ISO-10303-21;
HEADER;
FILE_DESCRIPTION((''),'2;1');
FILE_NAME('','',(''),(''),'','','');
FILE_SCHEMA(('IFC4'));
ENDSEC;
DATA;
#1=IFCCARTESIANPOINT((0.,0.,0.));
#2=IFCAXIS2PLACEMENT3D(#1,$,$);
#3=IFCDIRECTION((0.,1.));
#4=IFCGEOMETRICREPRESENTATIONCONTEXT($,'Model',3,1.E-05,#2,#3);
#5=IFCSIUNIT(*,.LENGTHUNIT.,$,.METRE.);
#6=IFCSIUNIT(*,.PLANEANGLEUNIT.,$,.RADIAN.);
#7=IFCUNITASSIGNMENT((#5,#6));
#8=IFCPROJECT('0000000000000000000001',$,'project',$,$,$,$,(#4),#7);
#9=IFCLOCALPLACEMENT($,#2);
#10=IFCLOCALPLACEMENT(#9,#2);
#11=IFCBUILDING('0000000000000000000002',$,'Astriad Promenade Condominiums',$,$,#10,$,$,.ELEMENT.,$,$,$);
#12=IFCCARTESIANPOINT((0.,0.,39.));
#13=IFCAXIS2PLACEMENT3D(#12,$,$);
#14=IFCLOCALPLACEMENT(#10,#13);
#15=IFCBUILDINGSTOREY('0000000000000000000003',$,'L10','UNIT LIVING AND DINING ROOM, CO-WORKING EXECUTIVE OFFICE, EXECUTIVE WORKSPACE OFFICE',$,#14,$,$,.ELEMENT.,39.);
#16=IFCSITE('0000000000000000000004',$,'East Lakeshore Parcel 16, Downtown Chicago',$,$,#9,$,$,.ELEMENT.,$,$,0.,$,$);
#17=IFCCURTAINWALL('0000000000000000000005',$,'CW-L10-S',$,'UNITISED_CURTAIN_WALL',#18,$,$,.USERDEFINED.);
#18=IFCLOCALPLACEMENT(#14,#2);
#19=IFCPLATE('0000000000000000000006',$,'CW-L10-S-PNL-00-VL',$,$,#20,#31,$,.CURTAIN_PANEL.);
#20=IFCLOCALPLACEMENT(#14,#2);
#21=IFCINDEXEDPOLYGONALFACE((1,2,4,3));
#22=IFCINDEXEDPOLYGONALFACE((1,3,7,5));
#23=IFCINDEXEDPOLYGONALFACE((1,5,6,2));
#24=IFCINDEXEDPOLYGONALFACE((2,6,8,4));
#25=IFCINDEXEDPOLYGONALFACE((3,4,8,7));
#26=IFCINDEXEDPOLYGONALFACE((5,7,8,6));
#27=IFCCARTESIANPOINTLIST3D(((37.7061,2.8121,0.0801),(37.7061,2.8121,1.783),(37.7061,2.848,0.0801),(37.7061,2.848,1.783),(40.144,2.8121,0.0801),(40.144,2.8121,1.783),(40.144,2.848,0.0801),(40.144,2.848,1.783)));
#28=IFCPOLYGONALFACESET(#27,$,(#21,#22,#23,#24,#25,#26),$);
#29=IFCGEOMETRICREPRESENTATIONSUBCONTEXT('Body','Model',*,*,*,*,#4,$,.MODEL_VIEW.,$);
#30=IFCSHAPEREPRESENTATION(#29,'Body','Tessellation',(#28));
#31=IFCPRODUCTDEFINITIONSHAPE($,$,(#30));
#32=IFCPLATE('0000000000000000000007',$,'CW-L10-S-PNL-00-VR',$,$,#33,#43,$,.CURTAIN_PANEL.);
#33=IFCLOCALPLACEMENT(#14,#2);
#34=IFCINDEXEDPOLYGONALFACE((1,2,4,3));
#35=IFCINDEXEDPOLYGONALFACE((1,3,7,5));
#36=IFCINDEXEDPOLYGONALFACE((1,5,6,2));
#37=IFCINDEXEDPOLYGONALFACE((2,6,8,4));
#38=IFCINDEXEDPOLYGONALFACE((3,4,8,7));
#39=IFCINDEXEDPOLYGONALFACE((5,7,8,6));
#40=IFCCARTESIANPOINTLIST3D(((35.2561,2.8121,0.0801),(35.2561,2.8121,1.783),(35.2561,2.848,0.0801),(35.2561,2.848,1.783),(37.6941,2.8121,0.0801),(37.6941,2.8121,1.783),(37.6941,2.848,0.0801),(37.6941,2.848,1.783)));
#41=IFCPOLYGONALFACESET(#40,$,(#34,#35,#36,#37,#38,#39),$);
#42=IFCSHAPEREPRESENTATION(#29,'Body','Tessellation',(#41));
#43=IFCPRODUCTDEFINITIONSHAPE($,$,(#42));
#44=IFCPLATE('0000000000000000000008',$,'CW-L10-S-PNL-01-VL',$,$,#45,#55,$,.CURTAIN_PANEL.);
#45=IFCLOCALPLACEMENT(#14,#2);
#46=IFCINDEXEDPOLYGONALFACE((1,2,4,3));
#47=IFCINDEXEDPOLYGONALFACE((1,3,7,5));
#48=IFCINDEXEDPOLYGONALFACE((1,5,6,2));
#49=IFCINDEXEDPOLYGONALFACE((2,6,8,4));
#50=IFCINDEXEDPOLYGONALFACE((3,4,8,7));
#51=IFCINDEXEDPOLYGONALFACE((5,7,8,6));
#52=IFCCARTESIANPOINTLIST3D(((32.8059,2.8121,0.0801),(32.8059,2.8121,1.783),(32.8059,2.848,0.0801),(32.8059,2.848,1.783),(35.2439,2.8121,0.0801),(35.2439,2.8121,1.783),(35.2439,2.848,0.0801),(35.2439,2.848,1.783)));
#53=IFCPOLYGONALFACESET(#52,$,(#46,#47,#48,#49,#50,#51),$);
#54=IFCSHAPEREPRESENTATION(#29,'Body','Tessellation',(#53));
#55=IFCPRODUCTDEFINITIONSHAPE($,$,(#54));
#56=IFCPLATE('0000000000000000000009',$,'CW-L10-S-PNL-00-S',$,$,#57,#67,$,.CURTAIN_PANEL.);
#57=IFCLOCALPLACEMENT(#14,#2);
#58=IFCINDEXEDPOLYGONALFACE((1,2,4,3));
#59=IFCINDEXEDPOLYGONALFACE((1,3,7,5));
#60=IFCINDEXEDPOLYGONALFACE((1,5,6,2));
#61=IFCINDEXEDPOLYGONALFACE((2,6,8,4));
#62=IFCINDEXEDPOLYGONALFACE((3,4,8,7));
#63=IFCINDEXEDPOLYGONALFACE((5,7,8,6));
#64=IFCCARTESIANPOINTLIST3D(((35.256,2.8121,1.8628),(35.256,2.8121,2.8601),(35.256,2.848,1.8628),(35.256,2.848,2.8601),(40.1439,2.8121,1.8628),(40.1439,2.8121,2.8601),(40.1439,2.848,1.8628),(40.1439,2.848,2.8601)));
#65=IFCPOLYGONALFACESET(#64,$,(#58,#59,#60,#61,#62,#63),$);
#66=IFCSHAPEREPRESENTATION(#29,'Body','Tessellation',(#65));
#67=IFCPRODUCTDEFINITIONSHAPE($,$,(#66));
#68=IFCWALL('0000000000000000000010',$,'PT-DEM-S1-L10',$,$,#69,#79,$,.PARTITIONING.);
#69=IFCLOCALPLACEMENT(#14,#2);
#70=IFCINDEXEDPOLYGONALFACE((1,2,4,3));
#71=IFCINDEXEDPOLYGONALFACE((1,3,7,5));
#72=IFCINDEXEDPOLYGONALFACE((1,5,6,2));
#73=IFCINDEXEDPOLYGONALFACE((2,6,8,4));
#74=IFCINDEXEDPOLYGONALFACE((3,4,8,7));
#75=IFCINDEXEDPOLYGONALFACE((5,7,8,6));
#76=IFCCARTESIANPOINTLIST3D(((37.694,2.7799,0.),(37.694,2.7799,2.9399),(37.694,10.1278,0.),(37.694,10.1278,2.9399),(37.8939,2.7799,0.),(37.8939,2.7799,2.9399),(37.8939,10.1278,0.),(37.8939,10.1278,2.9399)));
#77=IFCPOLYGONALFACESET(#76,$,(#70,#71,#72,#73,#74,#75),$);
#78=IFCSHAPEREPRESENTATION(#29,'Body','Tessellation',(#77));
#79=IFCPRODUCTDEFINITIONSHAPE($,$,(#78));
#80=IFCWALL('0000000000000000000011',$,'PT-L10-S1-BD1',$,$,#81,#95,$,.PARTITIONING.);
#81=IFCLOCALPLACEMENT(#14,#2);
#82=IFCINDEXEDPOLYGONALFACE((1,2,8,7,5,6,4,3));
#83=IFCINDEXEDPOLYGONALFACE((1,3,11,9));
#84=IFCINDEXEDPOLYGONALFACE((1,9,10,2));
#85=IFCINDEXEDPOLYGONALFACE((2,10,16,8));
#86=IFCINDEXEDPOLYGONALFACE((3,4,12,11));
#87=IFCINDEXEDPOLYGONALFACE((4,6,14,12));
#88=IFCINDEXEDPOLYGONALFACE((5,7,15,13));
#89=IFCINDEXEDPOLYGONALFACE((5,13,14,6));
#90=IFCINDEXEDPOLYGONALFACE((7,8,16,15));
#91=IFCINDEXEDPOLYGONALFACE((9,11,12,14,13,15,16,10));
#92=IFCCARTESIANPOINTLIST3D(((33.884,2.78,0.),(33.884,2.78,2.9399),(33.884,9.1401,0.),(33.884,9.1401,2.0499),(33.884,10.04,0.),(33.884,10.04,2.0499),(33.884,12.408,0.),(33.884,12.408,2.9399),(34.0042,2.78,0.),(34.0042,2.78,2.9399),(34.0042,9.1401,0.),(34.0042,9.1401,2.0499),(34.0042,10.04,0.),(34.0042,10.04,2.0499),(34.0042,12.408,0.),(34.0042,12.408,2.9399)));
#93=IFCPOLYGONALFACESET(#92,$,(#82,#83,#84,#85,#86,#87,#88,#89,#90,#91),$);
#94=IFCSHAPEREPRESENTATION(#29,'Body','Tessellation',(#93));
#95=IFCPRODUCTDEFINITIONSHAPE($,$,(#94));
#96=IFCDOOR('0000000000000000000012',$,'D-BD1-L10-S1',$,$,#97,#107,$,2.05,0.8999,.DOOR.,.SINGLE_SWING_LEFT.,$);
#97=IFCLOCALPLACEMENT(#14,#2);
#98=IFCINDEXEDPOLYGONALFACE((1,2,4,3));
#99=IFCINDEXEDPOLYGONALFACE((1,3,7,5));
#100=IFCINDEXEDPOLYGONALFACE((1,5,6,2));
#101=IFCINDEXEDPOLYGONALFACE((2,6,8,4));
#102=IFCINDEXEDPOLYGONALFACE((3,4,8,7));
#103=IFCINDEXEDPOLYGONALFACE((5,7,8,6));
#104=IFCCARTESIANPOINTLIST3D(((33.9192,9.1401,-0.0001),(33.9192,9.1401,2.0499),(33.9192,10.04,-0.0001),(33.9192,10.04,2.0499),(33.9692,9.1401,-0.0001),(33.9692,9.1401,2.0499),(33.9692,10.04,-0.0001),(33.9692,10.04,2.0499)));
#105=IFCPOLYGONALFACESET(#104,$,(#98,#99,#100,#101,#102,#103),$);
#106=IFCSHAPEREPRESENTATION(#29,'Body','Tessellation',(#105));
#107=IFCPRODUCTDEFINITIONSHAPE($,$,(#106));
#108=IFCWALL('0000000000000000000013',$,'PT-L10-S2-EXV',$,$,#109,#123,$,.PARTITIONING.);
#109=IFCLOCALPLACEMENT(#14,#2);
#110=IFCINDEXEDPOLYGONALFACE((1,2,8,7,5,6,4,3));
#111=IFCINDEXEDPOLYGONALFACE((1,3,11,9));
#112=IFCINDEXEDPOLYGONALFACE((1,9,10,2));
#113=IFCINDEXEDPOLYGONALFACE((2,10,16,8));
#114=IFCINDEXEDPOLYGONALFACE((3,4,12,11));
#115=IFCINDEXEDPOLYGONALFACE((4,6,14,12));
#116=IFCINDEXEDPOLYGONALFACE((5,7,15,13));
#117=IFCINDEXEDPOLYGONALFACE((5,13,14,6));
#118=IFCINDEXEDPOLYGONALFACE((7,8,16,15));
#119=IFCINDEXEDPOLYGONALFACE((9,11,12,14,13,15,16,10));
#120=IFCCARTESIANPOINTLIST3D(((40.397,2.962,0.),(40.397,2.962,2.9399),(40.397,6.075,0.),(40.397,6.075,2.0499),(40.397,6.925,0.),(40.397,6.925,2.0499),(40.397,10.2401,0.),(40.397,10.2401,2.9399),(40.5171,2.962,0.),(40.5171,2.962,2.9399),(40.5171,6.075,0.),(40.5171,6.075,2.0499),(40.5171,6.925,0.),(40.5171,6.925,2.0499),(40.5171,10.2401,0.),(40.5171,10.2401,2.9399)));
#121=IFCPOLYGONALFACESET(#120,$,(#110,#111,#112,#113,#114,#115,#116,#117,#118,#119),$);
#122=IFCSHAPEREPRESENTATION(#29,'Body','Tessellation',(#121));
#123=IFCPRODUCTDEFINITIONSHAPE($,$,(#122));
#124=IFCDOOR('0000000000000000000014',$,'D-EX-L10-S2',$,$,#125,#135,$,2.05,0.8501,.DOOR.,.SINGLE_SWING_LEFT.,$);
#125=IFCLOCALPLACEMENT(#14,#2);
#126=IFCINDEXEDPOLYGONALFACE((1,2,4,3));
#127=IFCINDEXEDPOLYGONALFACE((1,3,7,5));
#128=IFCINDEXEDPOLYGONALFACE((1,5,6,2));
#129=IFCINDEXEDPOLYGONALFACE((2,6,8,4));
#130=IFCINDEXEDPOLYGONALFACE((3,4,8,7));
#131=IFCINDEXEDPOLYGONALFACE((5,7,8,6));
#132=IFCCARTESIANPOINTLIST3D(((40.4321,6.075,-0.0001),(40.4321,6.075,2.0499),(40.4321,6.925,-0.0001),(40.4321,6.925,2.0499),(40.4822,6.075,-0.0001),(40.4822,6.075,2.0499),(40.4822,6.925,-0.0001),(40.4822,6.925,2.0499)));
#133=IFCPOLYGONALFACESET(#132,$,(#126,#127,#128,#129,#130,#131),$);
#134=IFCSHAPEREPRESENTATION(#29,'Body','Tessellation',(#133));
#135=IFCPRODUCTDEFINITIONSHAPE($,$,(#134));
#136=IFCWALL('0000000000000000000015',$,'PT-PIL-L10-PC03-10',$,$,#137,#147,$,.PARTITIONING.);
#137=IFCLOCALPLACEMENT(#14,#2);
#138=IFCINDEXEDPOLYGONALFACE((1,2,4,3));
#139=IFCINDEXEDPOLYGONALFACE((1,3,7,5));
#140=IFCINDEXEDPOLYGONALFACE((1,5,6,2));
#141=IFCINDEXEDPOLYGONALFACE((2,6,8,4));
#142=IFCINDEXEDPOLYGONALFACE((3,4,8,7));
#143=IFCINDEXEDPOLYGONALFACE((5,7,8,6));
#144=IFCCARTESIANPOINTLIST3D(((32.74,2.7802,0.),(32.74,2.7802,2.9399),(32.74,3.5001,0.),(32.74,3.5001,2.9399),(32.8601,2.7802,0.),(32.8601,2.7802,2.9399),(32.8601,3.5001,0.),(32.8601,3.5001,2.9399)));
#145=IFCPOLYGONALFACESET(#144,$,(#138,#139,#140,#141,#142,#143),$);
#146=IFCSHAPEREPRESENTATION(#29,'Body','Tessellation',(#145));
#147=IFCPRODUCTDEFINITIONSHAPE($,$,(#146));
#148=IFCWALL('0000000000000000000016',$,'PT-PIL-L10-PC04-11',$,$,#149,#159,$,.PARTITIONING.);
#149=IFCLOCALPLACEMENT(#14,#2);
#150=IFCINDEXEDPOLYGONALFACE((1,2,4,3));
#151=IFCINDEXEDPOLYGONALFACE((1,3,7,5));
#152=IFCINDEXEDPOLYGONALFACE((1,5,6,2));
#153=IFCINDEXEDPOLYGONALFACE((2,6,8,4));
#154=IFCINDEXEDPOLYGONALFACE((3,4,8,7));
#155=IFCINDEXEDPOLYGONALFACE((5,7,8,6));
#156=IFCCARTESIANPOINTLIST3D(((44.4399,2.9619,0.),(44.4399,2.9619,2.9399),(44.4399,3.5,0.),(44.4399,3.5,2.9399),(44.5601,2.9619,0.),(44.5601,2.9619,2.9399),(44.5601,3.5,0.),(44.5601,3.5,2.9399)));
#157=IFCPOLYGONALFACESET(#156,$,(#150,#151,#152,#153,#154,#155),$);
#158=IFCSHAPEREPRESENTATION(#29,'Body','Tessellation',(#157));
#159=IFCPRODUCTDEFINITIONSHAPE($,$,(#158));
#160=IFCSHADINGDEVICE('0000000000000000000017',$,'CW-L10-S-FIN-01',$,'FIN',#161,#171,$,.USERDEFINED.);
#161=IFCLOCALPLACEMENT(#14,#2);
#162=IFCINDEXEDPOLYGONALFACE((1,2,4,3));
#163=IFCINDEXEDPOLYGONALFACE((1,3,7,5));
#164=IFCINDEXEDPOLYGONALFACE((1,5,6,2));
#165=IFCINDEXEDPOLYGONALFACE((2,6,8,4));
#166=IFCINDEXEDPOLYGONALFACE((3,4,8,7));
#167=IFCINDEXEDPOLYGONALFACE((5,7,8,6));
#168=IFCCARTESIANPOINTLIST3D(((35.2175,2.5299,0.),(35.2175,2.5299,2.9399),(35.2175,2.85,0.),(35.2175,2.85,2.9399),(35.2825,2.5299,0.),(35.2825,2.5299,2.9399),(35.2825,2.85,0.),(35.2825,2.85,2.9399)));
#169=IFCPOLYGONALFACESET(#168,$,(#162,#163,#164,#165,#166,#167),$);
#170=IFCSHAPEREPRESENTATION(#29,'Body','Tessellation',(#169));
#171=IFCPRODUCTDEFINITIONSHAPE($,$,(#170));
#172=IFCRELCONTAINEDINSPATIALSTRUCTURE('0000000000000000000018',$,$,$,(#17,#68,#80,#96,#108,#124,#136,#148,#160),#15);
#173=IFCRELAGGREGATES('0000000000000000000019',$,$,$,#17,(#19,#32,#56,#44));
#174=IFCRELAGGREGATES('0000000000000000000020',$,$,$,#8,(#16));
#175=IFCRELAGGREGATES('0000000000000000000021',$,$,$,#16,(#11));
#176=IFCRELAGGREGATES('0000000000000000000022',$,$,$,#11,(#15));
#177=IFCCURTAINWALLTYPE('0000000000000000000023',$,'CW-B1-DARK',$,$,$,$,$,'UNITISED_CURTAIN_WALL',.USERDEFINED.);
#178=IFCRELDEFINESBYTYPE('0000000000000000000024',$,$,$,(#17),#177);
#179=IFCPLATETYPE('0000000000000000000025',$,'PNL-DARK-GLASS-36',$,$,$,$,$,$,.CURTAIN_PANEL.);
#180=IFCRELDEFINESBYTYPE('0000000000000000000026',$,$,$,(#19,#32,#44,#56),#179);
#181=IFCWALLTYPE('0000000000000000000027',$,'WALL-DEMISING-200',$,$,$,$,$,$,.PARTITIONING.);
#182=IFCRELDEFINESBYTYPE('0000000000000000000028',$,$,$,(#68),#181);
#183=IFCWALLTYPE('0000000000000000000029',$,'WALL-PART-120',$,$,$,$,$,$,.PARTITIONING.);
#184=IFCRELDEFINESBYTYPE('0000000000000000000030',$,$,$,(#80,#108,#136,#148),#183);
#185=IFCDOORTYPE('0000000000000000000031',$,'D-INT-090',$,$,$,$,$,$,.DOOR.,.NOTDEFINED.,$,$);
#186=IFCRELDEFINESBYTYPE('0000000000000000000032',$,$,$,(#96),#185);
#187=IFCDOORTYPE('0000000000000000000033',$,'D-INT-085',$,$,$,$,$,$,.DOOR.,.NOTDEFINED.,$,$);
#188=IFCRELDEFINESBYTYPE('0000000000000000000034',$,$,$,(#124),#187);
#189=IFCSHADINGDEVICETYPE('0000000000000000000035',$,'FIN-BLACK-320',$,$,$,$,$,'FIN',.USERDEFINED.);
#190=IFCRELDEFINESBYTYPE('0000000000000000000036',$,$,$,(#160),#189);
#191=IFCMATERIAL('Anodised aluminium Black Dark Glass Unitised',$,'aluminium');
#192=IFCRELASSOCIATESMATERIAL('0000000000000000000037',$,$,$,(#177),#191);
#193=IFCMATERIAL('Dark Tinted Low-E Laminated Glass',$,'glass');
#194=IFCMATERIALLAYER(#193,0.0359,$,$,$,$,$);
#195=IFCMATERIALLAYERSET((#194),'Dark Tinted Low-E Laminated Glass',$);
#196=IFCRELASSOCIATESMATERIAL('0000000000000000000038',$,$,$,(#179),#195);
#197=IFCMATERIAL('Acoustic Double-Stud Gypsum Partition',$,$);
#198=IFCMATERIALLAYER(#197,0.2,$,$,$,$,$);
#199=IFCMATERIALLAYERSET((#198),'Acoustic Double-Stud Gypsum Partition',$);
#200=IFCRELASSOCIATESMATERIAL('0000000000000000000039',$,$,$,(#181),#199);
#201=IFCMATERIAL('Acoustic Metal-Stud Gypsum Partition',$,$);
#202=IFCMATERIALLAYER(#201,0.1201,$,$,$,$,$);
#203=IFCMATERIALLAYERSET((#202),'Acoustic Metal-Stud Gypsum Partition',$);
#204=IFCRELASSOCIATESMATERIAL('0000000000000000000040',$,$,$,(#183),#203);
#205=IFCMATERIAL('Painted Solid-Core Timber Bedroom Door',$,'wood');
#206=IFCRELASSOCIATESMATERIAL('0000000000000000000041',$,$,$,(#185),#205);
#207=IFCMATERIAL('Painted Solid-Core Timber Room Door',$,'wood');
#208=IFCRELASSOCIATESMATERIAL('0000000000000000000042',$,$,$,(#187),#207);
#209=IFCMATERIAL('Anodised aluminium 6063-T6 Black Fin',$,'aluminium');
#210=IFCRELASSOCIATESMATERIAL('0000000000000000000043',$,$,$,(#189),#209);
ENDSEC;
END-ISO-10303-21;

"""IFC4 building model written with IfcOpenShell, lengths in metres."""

from ifc_helpers import new_model, si_unit, direction, frame, frame_2d, origin, origin_2d, place, context, subcontext, project, spatial, rectangle, extrude, source, transform, mapped, material, layer, layer_set, type_object, type_shapes, element, fill, aggregate, save


model = new_model("IFC4")

# Units and contexts
model_context = context("Model", 3, precision=1e-05, world=origin(), true_north=direction((0.0, 1.0)))
body_context = subcontext(model_context, "Body", "Model", "MODEL_VIEW")
ifc_project = project(units=[si_unit("LENGTHUNIT", "METRE"), si_unit("PLANEANGLEUNIT", "RADIAN")], contexts=[model_context])

# Site, building, storey
site_placement = place(None, origin())
site = spatial("IfcSite", under=ifc_project, at=site_placement, Name="East Lakeshore Parcel 16, Downtown Chicago", CompositionType="ELEMENT", RefElevation=0.0)
building_placement = place(site_placement, origin())
building = spatial("IfcBuilding", under=site, at=building_placement, Name="Astriad Promenade Condominiums", CompositionType="ELEMENT")
storey_placement = place(building_placement, frame((0.0, 0.0, 39.0)))
storey = spatial("IfcBuildingStorey", under=building, at=storey_placement, Name="L10", Description="UNIT LIVING AND DINING ROOM, CO-WORKING EXECUTIVE OFFICE, EXECUTIVE WORKSPACE OFFICE", CompositionType="ELEMENT", Elevation=39.0)

# Curtain wall, plates
ifc_material_1 = material(Name="Anodised aluminium Black Dark Glass Unitised", Category="aluminium")
curtain_wall_type = type_object("IfcCurtainWallType", Name="CW-B1-DARK", ElementType="UNITISED_CURTAIN_WALL", PredefinedType="USERDEFINED", material=ifc_material_1)
curtain_wall_placement = place(storey_placement, origin())
curtain_wall = element("IfcCurtainWall", 1, at=curtain_wall_placement, inside=storey, type_object=curtain_wall_type, Name="CW-L10-S", ObjectType="UNITISED_CURTAIN_WALL", PredefinedType="USERDEFINED")
ifc_material_2 = material(Name="Dark Tinted Low-E Laminated Glass", Category="glass")
ifc_layer_1 = layer(ifc_material_2, 0.0359)
ifc_layer_set_1 = layer_set([ifc_layer_1], Name="Dark Tinted Low-E Laminated Glass")
plate_type = type_object("IfcPlateType", Name="PNL-DARK-GLASS-36", PredefinedType="CURTAIN_PANEL", material=ifc_layer_set_1)
shared_shape_1 = source(origin(), body_context, "Body", "SweptSolid", [
    extrude(rectangle(XDim=2.438, YDim=0.0359, at=origin_2d()), origin(), (0.0, 0.0, 1.0), 1.7029),
])
plate_1_placement = place(storey_placement, frame((38.925, 2.8301, 0.0801), z_axis=(0.0, 0.0, 1.0), x_axis=(-1.0, 0.0, 0.0)))
plate_1 = element("IfcPlate", 2, at=plate_1_placement, type_object=plate_type, Name="CW-L10-S-PNL-00-VL", PredefinedType="CURTAIN_PANEL", context=body_context, shape_type="MappedRepresentation", body=[
    mapped(shared_shape_1, transform((0.0, 0.0, 0.0), scale=1.0)),
])
plate_2_placement = place(storey_placement, frame((36.4751, 2.8301, 0.0801), z_axis=(0.0, 0.0, 1.0), x_axis=(-1.0, 0.0, 0.0)))
plate_2 = element("IfcPlate", 3, at=plate_2_placement, type_object=plate_type, Name="CW-L10-S-PNL-00-VR", PredefinedType="CURTAIN_PANEL", context=body_context, shape_type="MappedRepresentation", body=[
    mapped(shared_shape_1, transform((0.0, 0.0, 0.0), scale=1.0)),
])
plate_3_placement = place(storey_placement, frame((34.0249, 2.8301, 0.0801), z_axis=(0.0, 0.0, 1.0), x_axis=(-1.0, 0.0, 0.0)))
plate_3 = element("IfcPlate", 4, at=plate_3_placement, type_object=plate_type, Name="CW-L10-S-PNL-01-VL", PredefinedType="CURTAIN_PANEL", context=body_context, shape_type="MappedRepresentation", body=[
    mapped(shared_shape_1, transform((0.0, 0.0, 0.0), scale=1.0)),
])
shared_shape_2 = source(origin(), body_context, "Body", "SweptSolid", [
    extrude(rectangle(XDim=4.8879, YDim=0.0359, at=origin_2d()), origin(), (0.0, 0.0, 1.0), 0.9973),
])
type_shapes(plate_type, [shared_shape_1, shared_shape_2])
plate_4_placement = place(storey_placement, frame((37.7, 2.8301, 1.8628), z_axis=(0.0, 0.0, 1.0), x_axis=(-1.0, 0.0, 0.0)))
plate_4 = element("IfcPlate", 5, at=plate_4_placement, type_object=plate_type, Name="CW-L10-S-PNL-00-S", PredefinedType="CURTAIN_PANEL", context=body_context, shape_type="MappedRepresentation", body=[
    mapped(shared_shape_2, transform((0.0, 0.0, 0.0), scale=1.0)),
])
aggregate(curtain_wall, [plate_1, plate_2, plate_4, plate_3])

# Wall
ifc_material_3 = material(Name="Acoustic Double-Stud Gypsum Partition")
ifc_layer_2 = layer(ifc_material_3, 0.2)
ifc_layer_set_2 = layer_set([ifc_layer_2], Name="Acoustic Double-Stud Gypsum Partition")
wall_type_1 = type_object("IfcWallType", Name="WALL-DEMISING-200", PredefinedType="PARTITIONING", material=ifc_layer_set_2)
wall_1_placement = place(storey_placement, frame((37.7939, 2.78, 0.0), z_axis=(0.0, 0.0, 1.0), x_axis=(0.0, 1.0, 0.0)))
element("IfcWall", 6, at=wall_1_placement, inside=storey, type_object=wall_type_1, Name="PT-DEM-S1-L10", PredefinedType="PARTITIONING", context=body_context, shape_type="SweptSolid", body=[
    extrude(rectangle(XDim=7.3479, YDim=0.2, at=frame_2d((3.6738, 0.0))), origin(), (0.0, 0.0, 1.0), 2.9399),
])

# Walls, openings, doors
ifc_material_4 = material(Name="Acoustic Metal-Stud Gypsum Partition")
ifc_layer_3 = layer(ifc_material_4, 0.1201)
ifc_layer_set_3 = layer_set([ifc_layer_3], Name="Acoustic Metal-Stud Gypsum Partition")
wall_type_2 = type_object("IfcWallType", Name="WALL-PART-120", PredefinedType="PARTITIONING", material=ifc_layer_set_3)
wall_2_placement = place(storey_placement, frame((33.9441, 2.78, 0.0), z_axis=(0.0, 0.0, 1.0), x_axis=(0.0, 1.0, 0.0)))
wall_2 = element("IfcWall", 7, at=wall_2_placement, inside=storey, type_object=wall_type_2, Name="PT-L10-S1-BD1", PredefinedType="PARTITIONING", context=body_context, shape_type="SweptSolid", body=[
    extrude(rectangle(XDim=9.6279, YDim=0.1201, at=frame_2d((4.814, 0.0))), origin(), (0.0, 0.0, 1.0), 2.9399),
])
opening_1_placement = place(wall_2_placement, frame((6.3601, 0.0, 0.0)))
opening_1 = element("IfcOpeningElement", 8, at=opening_1_placement, cuts=wall_2, PredefinedType="OPENING", context=body_context, shape_type="SweptSolid", body=[
    extrude(rectangle(XDim=0.8999, YDim=2.05, at=frame_2d((0.45, 1.0249))), frame((0.0, 0.0701, 0.0), z_axis=(0.0, -1.0, 0.0), x_axis=(1.0, 0.0, 0.0)), (0.0, 0.0, 1.0), 0.1401),
])
ifc_material_5 = material(Name="Painted Solid-Core Timber Bedroom Door", Category="wood")
door_type_1 = type_object("IfcDoorType", Name="D-INT-090", OperationType="NOTDEFINED", PredefinedType="DOOR", material=ifc_material_5)
shared_shape_3 = source(origin(), body_context, "Body", "SweptSolid", [
    extrude(rectangle(XDim=0.8999, YDim=2.05, at=frame_2d((0.45, 1.0249))), frame((0.0, 0.0249, 0.0), z_axis=(0.0, -1.0, 0.0), x_axis=(1.0, 0.0, 0.0)), (0.0, 0.0, 1.0), 0.05),
])
type_shapes(door_type_1, [shared_shape_3])
door_1_placement = place(opening_1_placement, origin())
door_1 = element("IfcDoor", 9, at=door_1_placement, inside=storey, type_object=door_type_1, Name="D-BD1-L10-S1", OperationType="SINGLE_SWING_LEFT", OverallHeight=2.05, OverallWidth=0.8999, PredefinedType="DOOR", context=body_context, shape_type="MappedRepresentation", body=[
    mapped(shared_shape_3, transform((0.0, 0.0, 0.0), scale=1.0)),
])
fill(opening_1, door_1)
wall_3_placement = place(storey_placement, frame((40.457, 2.9619, 0.0), z_axis=(0.0, 0.0, 1.0), x_axis=(0.0, 1.0, 0.0)))
wall_3 = element("IfcWall", 10, at=wall_3_placement, inside=storey, type_object=wall_type_2, Name="PT-L10-S2-EXV", PredefinedType="PARTITIONING", context=body_context, shape_type="SweptSolid", body=[
    extrude(rectangle(XDim=7.2781, YDim=0.1201, at=frame_2d((3.6392, 0.0))), origin(), (0.0, 0.0, 1.0), 2.9399),
])
opening_2_placement = place(wall_3_placement, frame((3.113, 0.0, 0.0)))
opening_2 = element("IfcOpeningElement", 11, at=opening_2_placement, cuts=wall_3, PredefinedType="OPENING", context=body_context, shape_type="SweptSolid", body=[
    extrude(rectangle(XDim=0.8501, YDim=2.05, at=frame_2d((0.425, 1.0249))), frame((0.0, 0.0701, 0.0), z_axis=(0.0, -1.0, 0.0), x_axis=(1.0, 0.0, 0.0)), (0.0, 0.0, 1.0), 0.1401),
])
ifc_material_6 = material(Name="Painted Solid-Core Timber Room Door", Category="wood")
door_type_2 = type_object("IfcDoorType", Name="D-INT-085", OperationType="NOTDEFINED", PredefinedType="DOOR", material=ifc_material_6)
shared_shape_4 = source(origin(), body_context, "Body", "SweptSolid", [
    extrude(rectangle(XDim=0.8501, YDim=2.05, at=frame_2d((0.425, 1.0249))), frame((0.0, 0.0249, 0.0), z_axis=(0.0, -1.0, 0.0), x_axis=(1.0, 0.0, 0.0)), (0.0, 0.0, 1.0), 0.05),
])
type_shapes(door_type_2, [shared_shape_4])
door_2_placement = place(opening_2_placement, origin())
door_2 = element("IfcDoor", 12, at=door_2_placement, inside=storey, type_object=door_type_2, Name="D-EX-L10-S2", OperationType="SINGLE_SWING_LEFT", OverallHeight=2.05, OverallWidth=0.8501, PredefinedType="DOOR", context=body_context, shape_type="MappedRepresentation", body=[
    mapped(shared_shape_4, transform((0.0, 0.0, 0.0), scale=1.0)),
])
fill(opening_2, door_2)

# Walls
wall_4_placement = place(storey_placement, frame((32.8, 3.5, 0.0), z_axis=(0.0, 0.0, 1.0), x_axis=(0.0, -1.0, 0.0)))
element("IfcWall", 13, at=wall_4_placement, inside=storey, type_object=wall_type_2, Name="PT-PIL-L10-PC03-10", PredefinedType="PARTITIONING", context=body_context, shape_type="SweptSolid", body=[
    extrude(rectangle(XDim=0.72, YDim=0.1201, at=frame_2d((0.3599, 0.0))), origin(), (0.0, 0.0, 1.0), 2.9399),
])
wall_5_placement = place(storey_placement, frame((44.5, 3.5, 0.0), z_axis=(0.0, 0.0, 1.0), x_axis=(0.0, -1.0, 0.0)))
element("IfcWall", 14, at=wall_5_placement, inside=storey, type_object=wall_type_2, Name="PT-PIL-L10-PC04-11", PredefinedType="PARTITIONING", context=body_context, shape_type="SweptSolid", body=[
    extrude(rectangle(XDim=0.5381, YDim=0.1201, at=frame_2d((0.269, 0.0))), origin(), (0.0, 0.0, 1.0), 2.9399),
])

# Shading device
ifc_material_7 = material(Name="Anodised aluminium 6063-T6 Black Fin", Category="aluminium")
shading_device_type = type_object("IfcShadingDeviceType", Name="FIN-BLACK-320", ElementType="FIN", PredefinedType="USERDEFINED", material=ifc_material_7)
shared_shape_5 = source(origin(), body_context, "Body", "SweptSolid", [
    extrude(rectangle(XDim=0.0649, YDim=0.3201, at=origin_2d()), origin(), (0.0, 0.0, 1.0), 2.9399),
])
type_shapes(shading_device_type, [shared_shape_5])
shading_device_placement = place(storey_placement, frame((35.25, 2.6899, 0.0), z_axis=(0.0, 0.0, 1.0), x_axis=(-1.0, 0.0, 0.0)))
element("IfcShadingDevice", 15, at=shading_device_placement, inside=storey, type_object=shading_device_type, Name="CW-L10-S-FIN-01", ObjectType="FIN", PredefinedType="USERDEFINED", context=body_context, shape_type="MappedRepresentation", body=[
    mapped(shared_shape_5, transform((0.0, 0.0, 0.0), scale=1.0)),
])

save(model, "model.ifc")
